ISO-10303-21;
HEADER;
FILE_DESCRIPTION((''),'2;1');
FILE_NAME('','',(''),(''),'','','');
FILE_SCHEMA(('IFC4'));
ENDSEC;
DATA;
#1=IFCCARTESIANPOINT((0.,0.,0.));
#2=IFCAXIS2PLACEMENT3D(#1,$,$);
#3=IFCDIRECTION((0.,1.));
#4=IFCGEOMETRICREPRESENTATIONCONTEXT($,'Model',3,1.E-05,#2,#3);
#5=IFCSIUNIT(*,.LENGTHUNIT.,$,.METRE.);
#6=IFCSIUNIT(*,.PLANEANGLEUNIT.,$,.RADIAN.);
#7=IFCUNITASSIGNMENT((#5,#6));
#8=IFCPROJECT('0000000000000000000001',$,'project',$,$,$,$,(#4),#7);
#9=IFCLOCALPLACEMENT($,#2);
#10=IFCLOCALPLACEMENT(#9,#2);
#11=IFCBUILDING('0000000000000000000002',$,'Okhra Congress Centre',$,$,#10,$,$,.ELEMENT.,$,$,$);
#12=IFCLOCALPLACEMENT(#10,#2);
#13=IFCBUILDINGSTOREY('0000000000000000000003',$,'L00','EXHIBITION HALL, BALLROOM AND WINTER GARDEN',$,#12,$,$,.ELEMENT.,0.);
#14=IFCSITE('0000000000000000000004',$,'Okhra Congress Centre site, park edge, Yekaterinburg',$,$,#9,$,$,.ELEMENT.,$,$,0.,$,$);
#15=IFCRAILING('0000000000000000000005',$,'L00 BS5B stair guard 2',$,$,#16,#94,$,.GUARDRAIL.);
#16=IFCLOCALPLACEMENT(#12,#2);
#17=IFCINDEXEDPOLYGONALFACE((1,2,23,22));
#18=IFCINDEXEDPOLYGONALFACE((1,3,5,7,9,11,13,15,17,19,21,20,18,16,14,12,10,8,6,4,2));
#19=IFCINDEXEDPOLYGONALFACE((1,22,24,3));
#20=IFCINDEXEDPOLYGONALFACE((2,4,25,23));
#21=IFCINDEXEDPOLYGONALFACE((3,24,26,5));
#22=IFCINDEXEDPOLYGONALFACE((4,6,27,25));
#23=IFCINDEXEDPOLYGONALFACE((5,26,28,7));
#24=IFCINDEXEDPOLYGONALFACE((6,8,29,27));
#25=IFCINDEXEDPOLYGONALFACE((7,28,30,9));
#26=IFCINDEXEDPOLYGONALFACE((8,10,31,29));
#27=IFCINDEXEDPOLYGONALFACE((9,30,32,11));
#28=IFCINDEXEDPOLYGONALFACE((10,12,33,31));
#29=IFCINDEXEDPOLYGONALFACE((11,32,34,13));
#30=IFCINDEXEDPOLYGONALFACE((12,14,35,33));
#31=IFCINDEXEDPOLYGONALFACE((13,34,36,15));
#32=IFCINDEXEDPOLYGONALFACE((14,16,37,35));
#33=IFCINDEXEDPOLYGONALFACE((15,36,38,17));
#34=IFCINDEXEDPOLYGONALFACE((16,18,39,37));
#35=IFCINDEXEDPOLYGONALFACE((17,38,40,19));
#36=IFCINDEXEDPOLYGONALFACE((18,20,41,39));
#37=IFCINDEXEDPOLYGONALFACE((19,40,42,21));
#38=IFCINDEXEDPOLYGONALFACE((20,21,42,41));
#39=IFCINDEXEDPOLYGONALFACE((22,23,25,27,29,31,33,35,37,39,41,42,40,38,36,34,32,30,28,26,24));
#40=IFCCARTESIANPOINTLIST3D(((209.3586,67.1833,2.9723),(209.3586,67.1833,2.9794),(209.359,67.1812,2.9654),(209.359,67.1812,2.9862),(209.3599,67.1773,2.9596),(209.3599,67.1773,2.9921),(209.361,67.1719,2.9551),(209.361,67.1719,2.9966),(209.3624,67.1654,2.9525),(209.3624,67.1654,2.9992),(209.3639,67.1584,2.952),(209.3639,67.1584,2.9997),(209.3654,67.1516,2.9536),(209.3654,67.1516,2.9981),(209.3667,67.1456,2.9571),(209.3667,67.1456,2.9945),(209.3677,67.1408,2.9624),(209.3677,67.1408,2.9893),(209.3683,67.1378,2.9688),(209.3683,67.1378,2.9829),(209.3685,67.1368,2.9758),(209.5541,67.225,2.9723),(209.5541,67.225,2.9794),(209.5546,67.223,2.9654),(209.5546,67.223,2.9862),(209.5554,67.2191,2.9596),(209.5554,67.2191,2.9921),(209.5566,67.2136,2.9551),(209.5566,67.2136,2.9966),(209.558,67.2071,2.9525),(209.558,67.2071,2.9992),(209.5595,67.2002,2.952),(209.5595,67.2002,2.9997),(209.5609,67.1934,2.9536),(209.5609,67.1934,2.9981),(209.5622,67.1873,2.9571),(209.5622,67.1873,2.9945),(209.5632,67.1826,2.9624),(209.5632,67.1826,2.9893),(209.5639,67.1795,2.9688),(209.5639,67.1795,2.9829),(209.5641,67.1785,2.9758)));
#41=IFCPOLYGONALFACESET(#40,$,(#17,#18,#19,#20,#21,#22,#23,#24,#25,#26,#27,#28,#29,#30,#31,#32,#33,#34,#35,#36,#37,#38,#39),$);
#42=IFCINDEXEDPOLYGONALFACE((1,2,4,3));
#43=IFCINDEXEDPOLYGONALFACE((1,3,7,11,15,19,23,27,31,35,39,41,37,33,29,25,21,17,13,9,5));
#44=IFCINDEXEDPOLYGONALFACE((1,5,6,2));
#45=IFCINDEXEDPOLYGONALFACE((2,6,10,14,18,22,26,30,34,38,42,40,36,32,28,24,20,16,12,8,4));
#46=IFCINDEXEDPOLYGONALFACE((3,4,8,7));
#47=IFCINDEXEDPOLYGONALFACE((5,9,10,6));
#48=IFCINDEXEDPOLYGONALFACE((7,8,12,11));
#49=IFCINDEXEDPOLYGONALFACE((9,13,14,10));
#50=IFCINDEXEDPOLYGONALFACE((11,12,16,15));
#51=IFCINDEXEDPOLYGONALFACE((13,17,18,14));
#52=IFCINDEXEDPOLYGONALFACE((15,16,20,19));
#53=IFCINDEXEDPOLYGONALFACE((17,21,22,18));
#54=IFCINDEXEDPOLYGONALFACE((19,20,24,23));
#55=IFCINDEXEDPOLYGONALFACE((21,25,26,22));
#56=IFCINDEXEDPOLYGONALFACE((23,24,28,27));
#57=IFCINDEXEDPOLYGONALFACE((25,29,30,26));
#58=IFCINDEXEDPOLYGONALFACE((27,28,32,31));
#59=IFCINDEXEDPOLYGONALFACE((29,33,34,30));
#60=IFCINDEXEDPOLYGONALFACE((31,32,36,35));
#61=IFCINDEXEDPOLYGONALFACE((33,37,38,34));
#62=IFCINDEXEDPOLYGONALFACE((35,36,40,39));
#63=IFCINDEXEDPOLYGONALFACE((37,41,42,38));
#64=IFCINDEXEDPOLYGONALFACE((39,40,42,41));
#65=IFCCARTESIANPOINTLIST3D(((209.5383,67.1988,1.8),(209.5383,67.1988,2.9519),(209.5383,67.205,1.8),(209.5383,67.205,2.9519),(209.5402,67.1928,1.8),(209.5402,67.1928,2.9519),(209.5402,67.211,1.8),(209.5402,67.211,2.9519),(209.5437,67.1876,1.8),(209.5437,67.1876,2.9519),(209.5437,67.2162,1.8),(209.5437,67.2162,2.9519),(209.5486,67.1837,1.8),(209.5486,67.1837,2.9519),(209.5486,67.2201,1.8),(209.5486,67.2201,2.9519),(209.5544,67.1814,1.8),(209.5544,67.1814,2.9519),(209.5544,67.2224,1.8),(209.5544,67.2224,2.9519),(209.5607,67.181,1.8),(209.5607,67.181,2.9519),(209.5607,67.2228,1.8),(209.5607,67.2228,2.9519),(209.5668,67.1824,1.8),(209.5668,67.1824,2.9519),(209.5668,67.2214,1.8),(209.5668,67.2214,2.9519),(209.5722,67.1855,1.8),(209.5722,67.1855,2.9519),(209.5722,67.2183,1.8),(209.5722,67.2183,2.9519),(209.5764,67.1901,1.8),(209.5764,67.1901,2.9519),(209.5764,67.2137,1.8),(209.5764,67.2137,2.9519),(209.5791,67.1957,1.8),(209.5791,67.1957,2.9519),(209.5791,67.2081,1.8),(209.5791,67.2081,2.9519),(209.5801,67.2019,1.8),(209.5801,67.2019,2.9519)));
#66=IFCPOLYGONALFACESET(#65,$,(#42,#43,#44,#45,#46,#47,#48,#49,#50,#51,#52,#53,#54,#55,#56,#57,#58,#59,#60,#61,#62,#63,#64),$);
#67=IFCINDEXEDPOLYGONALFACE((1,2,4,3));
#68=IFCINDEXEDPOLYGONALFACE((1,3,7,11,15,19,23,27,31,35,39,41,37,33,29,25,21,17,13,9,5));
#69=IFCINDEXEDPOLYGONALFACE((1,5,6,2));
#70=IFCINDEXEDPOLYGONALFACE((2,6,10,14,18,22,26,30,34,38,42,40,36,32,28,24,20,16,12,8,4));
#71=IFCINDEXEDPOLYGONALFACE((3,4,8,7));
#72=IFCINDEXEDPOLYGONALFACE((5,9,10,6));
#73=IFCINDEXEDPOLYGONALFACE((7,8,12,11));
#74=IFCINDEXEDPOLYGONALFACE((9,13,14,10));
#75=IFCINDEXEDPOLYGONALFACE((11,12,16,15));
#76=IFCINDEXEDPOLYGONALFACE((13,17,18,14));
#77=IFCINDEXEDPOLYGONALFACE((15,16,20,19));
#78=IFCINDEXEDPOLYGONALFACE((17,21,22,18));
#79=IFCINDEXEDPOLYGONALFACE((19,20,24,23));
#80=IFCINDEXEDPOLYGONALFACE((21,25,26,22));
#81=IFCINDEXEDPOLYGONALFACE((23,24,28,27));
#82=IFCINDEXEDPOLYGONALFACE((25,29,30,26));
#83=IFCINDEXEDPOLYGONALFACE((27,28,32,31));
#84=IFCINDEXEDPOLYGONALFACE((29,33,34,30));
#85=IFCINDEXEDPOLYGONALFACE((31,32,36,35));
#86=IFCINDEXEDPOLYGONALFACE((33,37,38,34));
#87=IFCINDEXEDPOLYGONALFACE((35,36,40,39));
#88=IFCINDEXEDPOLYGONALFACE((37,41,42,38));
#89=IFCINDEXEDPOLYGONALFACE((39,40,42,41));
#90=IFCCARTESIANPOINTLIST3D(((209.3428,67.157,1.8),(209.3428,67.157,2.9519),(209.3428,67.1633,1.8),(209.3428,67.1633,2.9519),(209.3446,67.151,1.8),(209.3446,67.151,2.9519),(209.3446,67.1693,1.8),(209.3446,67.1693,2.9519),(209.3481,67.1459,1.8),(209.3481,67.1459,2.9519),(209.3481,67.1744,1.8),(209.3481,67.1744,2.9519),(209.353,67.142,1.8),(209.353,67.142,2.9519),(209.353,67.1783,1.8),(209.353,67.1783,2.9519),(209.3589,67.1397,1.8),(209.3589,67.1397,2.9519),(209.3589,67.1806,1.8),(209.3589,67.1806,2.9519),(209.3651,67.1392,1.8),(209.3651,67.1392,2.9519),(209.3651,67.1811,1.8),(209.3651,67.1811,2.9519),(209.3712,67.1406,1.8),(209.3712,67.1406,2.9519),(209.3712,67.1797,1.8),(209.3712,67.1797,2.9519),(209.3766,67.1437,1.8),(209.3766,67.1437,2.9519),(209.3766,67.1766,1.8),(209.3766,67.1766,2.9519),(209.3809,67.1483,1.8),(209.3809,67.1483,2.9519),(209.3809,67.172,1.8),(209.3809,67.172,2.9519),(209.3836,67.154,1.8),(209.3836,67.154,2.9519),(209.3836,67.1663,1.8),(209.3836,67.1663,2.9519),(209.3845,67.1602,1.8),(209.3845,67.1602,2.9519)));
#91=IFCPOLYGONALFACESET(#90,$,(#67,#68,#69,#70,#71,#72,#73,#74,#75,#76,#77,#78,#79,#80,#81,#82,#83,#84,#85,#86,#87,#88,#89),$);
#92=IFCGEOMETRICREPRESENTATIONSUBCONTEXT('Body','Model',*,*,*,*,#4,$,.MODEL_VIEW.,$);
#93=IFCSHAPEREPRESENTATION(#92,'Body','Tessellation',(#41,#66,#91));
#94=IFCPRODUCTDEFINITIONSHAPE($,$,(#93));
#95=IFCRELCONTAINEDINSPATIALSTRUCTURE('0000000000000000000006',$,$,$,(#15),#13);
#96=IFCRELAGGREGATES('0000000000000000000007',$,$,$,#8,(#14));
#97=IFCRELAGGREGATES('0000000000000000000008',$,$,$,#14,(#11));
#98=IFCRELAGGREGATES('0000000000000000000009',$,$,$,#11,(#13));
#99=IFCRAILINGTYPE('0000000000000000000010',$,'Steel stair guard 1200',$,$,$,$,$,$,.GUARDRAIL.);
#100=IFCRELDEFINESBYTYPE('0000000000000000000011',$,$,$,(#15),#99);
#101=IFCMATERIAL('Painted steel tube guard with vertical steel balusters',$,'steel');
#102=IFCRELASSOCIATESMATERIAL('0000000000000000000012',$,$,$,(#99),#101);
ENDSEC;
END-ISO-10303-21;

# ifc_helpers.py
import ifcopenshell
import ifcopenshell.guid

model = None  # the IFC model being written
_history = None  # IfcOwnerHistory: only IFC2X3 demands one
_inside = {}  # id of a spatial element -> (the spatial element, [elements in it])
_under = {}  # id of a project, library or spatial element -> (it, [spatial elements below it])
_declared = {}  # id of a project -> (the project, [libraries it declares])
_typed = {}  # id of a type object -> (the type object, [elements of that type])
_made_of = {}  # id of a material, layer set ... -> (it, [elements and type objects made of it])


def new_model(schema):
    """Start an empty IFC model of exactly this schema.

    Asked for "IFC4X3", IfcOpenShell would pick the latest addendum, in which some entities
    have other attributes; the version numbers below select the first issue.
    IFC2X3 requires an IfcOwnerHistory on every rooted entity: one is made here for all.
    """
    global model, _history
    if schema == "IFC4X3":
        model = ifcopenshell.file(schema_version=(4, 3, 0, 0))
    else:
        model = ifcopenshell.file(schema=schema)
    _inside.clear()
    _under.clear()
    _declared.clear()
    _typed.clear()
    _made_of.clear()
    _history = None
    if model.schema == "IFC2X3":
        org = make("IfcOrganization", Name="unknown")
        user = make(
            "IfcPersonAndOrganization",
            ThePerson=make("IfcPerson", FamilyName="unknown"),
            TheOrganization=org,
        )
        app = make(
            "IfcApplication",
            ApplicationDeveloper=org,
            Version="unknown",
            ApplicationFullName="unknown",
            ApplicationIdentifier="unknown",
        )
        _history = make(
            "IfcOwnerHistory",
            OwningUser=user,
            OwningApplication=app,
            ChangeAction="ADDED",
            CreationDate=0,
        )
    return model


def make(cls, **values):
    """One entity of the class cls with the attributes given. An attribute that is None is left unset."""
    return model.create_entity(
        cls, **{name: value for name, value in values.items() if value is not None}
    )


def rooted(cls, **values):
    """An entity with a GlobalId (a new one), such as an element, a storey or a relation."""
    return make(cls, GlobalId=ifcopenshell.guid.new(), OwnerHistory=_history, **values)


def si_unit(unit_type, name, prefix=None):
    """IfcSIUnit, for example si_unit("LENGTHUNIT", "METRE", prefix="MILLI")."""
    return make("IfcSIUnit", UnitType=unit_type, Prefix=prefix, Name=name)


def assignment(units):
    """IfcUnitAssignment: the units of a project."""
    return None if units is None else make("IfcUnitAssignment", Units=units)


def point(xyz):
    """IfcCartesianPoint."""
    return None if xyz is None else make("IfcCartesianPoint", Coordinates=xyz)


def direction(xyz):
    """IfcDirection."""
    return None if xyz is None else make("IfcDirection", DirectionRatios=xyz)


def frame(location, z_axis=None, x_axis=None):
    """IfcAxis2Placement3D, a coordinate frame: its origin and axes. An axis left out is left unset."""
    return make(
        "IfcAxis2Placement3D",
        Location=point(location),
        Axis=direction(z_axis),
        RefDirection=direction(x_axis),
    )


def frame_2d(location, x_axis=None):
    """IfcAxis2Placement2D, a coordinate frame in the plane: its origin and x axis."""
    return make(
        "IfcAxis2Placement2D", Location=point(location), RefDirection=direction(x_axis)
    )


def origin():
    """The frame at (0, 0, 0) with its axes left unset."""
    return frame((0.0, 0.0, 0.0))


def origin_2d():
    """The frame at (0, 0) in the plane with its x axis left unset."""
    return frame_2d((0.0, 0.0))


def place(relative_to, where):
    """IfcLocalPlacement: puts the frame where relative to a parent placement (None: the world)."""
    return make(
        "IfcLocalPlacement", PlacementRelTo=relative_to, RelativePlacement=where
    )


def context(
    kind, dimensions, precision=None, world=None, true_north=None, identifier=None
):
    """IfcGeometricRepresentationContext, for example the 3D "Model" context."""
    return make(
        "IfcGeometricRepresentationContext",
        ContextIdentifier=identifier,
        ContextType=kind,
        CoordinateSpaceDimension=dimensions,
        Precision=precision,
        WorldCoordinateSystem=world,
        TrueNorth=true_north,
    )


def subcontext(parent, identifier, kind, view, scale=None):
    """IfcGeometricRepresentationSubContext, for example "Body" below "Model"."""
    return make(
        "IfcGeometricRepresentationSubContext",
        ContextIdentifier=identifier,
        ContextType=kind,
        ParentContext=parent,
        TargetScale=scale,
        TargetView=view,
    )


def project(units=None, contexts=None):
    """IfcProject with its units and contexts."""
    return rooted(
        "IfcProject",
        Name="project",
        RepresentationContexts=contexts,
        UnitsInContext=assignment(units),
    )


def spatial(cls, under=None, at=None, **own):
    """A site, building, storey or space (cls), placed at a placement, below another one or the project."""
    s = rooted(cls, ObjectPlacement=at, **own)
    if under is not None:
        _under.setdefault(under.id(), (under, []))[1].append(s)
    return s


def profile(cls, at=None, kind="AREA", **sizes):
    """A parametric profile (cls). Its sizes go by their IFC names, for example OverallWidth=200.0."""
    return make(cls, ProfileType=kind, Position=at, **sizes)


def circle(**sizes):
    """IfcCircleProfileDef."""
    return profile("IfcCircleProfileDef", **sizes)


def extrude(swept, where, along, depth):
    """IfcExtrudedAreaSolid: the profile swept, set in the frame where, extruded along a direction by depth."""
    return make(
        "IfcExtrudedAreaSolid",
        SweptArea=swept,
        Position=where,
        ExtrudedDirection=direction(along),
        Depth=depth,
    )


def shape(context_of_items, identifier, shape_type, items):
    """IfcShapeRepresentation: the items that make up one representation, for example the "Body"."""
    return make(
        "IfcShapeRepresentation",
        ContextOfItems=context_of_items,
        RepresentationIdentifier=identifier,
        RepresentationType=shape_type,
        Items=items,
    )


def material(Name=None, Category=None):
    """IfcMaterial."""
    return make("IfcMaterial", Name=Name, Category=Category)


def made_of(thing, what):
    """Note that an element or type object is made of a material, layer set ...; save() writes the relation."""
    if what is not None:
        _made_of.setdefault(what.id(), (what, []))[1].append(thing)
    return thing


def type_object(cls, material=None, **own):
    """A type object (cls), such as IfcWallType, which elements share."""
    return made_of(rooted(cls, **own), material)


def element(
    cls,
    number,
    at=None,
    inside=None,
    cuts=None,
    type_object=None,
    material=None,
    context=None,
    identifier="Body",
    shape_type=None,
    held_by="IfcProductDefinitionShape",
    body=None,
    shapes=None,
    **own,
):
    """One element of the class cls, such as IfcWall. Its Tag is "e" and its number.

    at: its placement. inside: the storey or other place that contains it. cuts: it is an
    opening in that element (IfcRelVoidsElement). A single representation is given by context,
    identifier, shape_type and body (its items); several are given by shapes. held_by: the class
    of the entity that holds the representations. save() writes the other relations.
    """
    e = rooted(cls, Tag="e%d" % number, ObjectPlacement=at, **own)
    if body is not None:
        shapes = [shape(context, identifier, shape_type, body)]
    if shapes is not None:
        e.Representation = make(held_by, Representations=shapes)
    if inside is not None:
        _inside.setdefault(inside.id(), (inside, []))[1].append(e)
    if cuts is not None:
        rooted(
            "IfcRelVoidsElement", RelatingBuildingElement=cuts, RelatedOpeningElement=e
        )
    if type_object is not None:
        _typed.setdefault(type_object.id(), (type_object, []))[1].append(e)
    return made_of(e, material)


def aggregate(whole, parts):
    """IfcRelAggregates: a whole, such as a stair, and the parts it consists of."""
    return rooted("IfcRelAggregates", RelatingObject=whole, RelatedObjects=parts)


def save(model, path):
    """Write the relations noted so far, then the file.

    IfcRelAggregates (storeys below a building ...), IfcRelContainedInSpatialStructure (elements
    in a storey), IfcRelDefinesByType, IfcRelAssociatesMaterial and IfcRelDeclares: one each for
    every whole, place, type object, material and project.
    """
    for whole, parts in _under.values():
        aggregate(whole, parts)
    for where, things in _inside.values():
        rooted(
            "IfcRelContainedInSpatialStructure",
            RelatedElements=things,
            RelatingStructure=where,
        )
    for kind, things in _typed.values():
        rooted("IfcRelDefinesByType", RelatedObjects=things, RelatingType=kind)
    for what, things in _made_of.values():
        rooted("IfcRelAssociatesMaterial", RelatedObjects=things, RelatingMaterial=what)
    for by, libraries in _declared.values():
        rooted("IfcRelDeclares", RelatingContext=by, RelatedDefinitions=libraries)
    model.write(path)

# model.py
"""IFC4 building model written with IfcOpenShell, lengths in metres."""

from ifc_helpers import new_model, si_unit, direction, frame, origin, origin_2d, place, context, subcontext, project, spatial, circle, extrude, material, type_object, element, save


model = new_model("IFC4")

# Units and contexts
model_context = context("Model", 3, precision=1e-05, world=origin(), true_north=direction((0.0, 1.0)))
body_context = subcontext(model_context, "Body", "Model", "MODEL_VIEW")
ifc_project = project(units=[si_unit("LENGTHUNIT", "METRE"), si_unit("PLANEANGLEUNIT", "RADIAN")], contexts=[model_context])

# Site, building, storey
site_placement = place(None, origin())
site = spatial("IfcSite", under=ifc_project, at=site_placement, Name="Okhra Congress Centre site, park edge, Yekaterinburg", CompositionType="ELEMENT", RefElevation=0.0)
building_placement = place(site_placement, origin())
building = spatial("IfcBuilding", under=site, at=building_placement, Name="Okhra Congress Centre", CompositionType="ELEMENT")
storey_placement = place(building_placement, origin())
storey = spatial("IfcBuildingStorey", under=building, at=storey_placement, Name="L00", Description="EXHIBITION HALL, BALLROOM AND WINTER GARDEN", CompositionType="ELEMENT", Elevation=0.0)

# Railing
ifc_material_1 = material(Name="Painted steel tube guard with vertical steel balusters", Category="steel")
railing_type_1 = type_object("IfcRailingType", Name="Steel stair guard 1200", PredefinedType="GUARDRAIL", material=ifc_material_1)
railing_1_placement = place(storey_placement, frame((209.5591, 67.2019, 1.8)))
element("IfcRailing", 1, at=railing_1_placement, inside=storey, type_object=railing_type_1, Name="L00 BS5B stair guard 2", PredefinedType="GUARDRAIL", context=body_context, shape_type="SweptSolid", body=[
    extrude(circle(Radius=0.0239, at=origin_2d()), frame((0.0, 0.0, 1.1758), z_axis=(-0.977963, -0.208779, 0.0), x_axis=(0.208779, -0.977963, 0.0)), (0.0, 0.0, 1.0), 0.2),
    extrude(circle(Radius=0.021, at=origin_2d()), origin(), (0.0, 0.0, 1.0), 1.1519),
    extrude(circle(Radius=0.021, at=origin_2d()), frame((-0.1956, -0.0417, 0.0)), (0.0, 0.0, 1.0), 1.1519),
])

save(model, "model.ifc")
